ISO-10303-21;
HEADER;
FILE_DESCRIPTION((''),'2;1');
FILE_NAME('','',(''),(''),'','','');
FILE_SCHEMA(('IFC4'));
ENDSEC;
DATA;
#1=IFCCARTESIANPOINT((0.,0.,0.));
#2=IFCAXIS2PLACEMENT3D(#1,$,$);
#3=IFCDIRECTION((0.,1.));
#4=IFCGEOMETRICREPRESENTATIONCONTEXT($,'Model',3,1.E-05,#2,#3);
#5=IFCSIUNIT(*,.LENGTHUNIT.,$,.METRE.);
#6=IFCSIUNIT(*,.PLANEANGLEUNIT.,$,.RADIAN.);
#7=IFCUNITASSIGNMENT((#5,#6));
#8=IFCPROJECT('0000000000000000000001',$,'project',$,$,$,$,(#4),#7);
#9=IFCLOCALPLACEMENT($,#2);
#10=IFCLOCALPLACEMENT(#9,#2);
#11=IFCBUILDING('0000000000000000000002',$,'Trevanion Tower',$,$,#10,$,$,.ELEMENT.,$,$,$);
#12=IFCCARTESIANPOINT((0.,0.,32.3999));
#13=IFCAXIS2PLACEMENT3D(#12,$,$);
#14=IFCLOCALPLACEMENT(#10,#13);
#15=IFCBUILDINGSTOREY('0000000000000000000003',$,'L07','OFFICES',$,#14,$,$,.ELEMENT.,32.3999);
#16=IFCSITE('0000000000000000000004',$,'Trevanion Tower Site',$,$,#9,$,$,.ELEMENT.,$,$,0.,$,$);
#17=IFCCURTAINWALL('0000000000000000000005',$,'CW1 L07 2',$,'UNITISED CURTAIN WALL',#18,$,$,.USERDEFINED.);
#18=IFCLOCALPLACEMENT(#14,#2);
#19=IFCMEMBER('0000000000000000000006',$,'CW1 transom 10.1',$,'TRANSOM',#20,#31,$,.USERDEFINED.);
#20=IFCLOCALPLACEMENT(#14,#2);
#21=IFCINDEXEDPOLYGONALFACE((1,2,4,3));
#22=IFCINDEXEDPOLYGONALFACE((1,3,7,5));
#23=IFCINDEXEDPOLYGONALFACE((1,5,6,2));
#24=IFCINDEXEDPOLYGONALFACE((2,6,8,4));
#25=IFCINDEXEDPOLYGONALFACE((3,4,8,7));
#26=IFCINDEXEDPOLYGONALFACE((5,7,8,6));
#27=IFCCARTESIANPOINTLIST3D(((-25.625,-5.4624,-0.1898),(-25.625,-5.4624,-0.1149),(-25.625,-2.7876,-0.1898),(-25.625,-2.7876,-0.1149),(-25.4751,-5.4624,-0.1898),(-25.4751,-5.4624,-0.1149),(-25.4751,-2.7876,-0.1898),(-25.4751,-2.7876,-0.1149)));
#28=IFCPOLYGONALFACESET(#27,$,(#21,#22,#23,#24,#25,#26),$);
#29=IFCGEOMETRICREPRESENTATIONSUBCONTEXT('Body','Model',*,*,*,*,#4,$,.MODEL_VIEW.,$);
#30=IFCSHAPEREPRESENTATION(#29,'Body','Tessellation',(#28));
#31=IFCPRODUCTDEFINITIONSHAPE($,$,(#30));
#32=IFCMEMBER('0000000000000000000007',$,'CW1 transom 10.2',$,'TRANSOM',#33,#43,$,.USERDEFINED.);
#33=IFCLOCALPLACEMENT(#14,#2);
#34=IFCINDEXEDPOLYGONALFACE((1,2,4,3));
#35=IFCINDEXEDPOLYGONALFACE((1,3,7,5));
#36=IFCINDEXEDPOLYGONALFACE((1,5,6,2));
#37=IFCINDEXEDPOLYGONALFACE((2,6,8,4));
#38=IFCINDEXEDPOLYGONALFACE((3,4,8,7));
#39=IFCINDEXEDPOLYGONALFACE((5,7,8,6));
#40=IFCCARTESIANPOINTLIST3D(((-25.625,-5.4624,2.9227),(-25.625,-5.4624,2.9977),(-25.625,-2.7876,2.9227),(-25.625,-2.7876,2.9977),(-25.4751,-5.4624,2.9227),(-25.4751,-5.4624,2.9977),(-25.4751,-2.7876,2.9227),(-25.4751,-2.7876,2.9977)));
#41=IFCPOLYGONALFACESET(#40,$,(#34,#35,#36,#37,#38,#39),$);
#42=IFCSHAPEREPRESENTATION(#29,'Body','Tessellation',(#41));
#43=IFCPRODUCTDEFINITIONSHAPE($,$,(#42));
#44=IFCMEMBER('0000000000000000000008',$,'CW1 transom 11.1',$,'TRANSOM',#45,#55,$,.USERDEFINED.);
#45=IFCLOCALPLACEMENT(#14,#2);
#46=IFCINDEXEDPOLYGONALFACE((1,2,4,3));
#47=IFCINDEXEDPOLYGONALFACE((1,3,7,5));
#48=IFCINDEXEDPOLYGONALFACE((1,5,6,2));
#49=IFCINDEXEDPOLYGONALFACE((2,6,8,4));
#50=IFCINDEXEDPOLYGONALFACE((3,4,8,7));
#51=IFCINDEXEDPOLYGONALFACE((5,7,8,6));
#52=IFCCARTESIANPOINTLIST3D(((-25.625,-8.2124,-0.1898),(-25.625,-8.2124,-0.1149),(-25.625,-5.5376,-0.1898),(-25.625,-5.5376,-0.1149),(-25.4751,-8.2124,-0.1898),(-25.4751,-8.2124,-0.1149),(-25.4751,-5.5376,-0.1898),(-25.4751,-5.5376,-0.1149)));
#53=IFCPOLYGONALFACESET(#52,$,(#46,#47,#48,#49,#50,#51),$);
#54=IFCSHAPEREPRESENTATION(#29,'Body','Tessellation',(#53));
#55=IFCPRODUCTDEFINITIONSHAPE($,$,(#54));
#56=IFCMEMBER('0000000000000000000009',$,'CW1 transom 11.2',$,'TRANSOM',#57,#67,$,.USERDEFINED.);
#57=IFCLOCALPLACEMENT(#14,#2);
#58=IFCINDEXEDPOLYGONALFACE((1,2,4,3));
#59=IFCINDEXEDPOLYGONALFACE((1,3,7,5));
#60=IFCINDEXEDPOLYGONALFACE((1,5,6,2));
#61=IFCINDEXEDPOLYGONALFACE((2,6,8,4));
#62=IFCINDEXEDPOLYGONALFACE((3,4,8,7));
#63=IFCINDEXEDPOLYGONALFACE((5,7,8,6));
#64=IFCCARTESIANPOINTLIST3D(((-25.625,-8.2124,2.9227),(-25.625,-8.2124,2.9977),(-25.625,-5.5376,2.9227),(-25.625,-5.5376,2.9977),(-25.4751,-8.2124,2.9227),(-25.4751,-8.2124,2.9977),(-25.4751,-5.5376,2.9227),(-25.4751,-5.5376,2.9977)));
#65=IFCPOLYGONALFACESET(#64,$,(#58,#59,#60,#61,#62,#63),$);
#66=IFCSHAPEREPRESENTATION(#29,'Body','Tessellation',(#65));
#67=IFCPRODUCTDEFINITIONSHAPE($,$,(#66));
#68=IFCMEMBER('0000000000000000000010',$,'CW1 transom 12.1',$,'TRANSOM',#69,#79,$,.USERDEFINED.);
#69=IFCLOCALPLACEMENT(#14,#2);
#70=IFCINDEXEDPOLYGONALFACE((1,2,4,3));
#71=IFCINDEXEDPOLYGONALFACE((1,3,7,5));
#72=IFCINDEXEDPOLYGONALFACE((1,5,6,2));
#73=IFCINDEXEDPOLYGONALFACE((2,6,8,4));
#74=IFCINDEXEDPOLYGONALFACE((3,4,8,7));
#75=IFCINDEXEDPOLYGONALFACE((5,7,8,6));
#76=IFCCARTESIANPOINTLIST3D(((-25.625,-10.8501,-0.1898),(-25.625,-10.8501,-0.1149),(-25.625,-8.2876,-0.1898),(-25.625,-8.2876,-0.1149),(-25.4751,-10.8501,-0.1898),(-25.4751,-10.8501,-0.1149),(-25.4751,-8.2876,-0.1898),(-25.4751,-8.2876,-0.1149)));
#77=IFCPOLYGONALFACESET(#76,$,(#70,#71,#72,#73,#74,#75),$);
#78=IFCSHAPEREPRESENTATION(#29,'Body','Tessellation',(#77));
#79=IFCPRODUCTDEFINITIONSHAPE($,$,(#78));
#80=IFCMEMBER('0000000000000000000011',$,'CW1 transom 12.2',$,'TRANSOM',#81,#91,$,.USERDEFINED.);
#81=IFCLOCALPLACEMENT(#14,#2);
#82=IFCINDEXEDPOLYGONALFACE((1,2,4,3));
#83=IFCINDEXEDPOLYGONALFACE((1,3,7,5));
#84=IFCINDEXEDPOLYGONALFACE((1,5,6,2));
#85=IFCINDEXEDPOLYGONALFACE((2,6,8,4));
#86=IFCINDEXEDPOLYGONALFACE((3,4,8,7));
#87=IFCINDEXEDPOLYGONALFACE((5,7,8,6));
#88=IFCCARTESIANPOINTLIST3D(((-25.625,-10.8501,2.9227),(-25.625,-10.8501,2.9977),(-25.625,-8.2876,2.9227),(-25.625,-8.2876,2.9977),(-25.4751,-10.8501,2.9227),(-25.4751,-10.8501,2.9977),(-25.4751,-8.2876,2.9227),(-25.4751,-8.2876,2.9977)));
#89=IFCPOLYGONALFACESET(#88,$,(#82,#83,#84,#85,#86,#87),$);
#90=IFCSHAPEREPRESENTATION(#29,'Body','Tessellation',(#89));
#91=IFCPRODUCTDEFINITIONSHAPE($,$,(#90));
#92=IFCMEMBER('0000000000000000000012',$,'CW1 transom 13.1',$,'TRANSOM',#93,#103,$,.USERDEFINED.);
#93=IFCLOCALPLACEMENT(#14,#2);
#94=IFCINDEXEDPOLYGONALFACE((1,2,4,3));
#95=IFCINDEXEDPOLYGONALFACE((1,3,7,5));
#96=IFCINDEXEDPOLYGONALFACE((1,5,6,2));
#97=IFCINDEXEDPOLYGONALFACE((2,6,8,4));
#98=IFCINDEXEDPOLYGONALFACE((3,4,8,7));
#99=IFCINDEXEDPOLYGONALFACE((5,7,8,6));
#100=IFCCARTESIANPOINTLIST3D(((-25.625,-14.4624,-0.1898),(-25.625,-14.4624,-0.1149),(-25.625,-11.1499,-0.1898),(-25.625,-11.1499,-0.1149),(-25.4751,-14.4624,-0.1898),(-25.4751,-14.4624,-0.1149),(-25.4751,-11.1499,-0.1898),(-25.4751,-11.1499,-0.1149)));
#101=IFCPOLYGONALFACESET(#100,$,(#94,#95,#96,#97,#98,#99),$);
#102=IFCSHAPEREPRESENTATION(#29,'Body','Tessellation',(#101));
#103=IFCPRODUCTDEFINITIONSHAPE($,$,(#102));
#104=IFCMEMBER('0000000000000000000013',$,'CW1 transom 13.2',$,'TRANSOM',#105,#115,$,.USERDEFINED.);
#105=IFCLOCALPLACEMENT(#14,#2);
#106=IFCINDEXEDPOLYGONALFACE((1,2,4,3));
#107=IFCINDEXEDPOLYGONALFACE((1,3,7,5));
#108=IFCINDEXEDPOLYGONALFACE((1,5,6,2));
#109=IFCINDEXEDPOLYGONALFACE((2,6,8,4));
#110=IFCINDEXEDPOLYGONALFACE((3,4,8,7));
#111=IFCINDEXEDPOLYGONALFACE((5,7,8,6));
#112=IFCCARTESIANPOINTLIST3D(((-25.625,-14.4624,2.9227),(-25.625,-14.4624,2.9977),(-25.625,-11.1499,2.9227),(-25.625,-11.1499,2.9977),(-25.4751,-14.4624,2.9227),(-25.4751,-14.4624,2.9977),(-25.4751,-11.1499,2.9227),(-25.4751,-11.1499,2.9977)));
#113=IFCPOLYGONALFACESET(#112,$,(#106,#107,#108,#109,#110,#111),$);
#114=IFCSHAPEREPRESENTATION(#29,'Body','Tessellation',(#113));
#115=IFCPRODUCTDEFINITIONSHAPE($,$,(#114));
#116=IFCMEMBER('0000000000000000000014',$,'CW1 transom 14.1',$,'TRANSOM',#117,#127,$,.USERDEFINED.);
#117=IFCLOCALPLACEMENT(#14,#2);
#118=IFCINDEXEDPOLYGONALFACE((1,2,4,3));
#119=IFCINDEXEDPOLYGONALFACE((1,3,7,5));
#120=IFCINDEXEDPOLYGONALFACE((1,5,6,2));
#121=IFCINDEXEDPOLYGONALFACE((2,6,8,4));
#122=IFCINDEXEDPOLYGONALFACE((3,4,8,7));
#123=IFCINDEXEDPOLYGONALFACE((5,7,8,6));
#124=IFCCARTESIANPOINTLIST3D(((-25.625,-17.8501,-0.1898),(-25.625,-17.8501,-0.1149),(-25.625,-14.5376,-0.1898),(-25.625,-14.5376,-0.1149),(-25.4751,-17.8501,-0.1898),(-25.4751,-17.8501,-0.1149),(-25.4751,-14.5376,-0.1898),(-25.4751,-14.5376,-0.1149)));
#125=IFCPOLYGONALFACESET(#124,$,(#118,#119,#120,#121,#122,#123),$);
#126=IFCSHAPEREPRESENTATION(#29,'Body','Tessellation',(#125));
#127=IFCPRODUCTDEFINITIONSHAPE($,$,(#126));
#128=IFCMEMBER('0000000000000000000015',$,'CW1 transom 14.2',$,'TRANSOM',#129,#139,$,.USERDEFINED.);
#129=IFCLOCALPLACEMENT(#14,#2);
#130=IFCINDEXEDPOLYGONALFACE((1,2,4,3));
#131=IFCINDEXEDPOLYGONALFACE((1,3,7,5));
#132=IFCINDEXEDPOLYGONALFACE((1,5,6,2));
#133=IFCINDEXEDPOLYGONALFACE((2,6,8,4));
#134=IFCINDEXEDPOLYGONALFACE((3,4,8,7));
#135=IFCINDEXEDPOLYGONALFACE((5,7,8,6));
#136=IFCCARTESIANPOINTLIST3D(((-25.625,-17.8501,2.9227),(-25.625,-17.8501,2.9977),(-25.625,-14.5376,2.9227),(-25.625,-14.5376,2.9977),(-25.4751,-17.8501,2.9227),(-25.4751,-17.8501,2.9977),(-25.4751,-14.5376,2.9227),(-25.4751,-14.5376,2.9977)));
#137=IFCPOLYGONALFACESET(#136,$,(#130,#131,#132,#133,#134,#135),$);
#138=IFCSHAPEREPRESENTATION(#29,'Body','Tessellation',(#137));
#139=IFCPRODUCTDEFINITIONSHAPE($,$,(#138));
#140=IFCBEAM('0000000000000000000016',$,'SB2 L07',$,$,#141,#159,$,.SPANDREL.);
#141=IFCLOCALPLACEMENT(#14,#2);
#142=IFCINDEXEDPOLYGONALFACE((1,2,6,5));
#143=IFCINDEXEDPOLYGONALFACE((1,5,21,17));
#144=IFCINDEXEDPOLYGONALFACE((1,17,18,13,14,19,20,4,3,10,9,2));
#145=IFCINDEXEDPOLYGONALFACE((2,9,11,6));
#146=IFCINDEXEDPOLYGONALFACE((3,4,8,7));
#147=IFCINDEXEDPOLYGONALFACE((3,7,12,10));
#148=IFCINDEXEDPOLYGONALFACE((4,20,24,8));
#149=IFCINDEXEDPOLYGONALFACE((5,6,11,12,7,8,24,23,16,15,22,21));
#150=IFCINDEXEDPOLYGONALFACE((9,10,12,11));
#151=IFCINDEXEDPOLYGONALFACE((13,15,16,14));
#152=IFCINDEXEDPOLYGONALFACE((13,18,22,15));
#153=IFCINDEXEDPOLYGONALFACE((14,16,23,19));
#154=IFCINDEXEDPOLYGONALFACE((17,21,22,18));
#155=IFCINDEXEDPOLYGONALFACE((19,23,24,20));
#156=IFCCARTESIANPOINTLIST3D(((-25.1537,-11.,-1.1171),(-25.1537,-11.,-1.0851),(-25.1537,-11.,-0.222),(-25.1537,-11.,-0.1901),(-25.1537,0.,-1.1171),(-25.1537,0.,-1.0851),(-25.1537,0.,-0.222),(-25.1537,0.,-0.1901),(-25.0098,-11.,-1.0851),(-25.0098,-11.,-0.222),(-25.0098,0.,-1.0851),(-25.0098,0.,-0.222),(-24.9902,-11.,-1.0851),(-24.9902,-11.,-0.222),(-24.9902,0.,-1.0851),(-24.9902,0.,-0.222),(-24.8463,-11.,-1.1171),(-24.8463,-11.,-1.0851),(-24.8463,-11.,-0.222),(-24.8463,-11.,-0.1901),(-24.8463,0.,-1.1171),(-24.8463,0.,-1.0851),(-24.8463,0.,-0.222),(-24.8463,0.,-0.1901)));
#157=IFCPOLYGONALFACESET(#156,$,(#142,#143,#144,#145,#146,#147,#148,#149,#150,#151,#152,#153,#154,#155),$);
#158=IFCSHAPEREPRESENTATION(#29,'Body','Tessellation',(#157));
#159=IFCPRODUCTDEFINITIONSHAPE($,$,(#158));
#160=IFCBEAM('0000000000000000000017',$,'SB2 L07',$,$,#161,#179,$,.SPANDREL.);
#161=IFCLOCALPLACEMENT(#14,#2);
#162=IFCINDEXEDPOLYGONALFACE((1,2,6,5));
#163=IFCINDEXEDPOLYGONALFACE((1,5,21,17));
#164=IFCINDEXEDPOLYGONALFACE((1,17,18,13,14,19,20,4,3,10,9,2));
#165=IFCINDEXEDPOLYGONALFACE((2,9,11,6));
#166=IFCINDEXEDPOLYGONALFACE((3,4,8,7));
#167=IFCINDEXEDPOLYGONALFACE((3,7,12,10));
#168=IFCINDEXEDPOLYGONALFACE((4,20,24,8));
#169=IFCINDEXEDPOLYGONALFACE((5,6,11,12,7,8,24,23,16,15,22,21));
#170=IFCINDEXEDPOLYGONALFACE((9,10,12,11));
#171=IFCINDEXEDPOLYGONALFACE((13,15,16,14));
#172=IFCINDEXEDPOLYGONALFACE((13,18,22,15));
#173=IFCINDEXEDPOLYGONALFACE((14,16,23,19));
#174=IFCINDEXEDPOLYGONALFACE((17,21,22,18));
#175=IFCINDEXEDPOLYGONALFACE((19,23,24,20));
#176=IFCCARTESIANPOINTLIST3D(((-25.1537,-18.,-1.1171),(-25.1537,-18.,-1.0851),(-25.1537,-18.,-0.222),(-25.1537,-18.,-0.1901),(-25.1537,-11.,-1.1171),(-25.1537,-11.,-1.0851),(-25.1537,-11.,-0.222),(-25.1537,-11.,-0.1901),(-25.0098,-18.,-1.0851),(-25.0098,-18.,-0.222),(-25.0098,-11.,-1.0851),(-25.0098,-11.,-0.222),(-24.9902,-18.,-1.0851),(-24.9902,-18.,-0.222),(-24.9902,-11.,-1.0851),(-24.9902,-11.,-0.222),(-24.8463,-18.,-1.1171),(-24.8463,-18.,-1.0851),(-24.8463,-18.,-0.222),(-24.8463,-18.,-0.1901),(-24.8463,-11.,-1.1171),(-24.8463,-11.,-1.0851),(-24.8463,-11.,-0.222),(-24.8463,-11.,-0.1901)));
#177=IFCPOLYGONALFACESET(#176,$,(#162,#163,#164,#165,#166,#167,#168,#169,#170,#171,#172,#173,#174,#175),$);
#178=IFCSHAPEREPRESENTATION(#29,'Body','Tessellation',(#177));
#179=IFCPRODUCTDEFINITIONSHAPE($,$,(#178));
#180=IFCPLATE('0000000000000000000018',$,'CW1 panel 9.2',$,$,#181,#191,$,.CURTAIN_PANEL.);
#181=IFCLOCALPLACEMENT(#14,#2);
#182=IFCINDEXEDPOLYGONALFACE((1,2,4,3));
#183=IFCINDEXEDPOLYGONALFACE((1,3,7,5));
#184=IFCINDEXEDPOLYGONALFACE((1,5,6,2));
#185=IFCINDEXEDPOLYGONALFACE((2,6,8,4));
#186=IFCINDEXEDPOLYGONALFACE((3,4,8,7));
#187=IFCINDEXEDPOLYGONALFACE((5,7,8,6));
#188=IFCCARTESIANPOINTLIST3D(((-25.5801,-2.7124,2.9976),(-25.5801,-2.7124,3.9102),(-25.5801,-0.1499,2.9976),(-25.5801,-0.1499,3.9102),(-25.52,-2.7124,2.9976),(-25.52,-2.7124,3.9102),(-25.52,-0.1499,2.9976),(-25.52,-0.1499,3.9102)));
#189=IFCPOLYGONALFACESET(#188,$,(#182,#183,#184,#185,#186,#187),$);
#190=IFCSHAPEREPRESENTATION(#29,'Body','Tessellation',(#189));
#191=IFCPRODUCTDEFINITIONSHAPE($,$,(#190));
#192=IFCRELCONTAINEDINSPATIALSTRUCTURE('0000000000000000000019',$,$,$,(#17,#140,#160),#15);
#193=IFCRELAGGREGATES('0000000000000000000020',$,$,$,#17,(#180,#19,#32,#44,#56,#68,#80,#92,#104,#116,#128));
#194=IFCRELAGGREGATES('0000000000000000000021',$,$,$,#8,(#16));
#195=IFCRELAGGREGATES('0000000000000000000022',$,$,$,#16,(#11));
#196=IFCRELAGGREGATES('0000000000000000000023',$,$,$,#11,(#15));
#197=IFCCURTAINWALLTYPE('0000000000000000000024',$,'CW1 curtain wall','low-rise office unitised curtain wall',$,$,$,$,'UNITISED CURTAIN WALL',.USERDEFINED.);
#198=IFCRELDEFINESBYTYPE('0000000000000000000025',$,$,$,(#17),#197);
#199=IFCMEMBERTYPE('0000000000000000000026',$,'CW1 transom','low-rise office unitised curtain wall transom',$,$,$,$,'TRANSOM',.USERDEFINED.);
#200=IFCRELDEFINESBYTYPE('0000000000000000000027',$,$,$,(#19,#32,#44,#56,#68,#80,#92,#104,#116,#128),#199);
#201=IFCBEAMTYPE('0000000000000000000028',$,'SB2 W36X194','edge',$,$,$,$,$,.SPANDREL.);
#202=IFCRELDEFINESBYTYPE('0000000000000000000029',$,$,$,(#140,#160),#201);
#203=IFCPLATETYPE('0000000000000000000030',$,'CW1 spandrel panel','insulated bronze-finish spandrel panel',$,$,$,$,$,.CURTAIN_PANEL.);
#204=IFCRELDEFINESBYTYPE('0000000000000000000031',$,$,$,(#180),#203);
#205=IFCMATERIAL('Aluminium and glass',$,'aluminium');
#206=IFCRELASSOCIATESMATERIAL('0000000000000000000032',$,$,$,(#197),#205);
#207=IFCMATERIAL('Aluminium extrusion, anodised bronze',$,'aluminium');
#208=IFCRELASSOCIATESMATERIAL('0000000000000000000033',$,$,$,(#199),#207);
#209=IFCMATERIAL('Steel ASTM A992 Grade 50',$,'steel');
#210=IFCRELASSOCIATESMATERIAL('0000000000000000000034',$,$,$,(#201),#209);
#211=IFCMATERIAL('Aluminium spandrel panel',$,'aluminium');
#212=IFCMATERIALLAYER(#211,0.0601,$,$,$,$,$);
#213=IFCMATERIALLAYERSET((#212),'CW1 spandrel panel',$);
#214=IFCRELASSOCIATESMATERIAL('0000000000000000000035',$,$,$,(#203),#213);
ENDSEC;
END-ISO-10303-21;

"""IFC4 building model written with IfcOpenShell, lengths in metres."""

from ifc_helpers import new_model, si_unit, direction, frame, origin, origin_2d, place, context, subcontext, project, spatial, rectangle, i_section, extrude, material, layer, layer_set, material_profile, profile_set, type_object, element, aggregate, save


model = new_model("IFC4")

# Units and contexts
model_context = context("Model", 3, precision=1e-05, world=origin(), true_north=direction((0.0, 1.0)))
body_context = subcontext(model_context, "Body", "Model", "MODEL_VIEW")
ifc_project = project(units=[si_unit("LENGTHUNIT", "METRE"), si_unit("PLANEANGLEUNIT", "RADIAN")], contexts=[model_context])

# Site, building, storey
site_placement = place(None, origin())
site = spatial("IfcSite", under=ifc_project, at=site_placement, Name="Trevanion Tower Site", CompositionType="ELEMENT", RefElevation=0.0)
building_placement = place(site_placement, origin())
building = spatial("IfcBuilding", under=site, at=building_placement, Name="Trevanion Tower", CompositionType="ELEMENT")
storey_placement = place(building_placement, frame((0.0, 0.0, 32.3999)))
storey = spatial("IfcBuildingStorey", under=building, at=storey_placement, Name="L07", Description="OFFICES", CompositionType="ELEMENT", Elevation=32.3999)

# Curtain wall, members
ifc_material_1 = material(Name="Aluminium and glass", Category="aluminium")
curtain_wall_type = type_object("IfcCurtainWallType", Name="CW1 curtain wall", Description="low-rise office unitised curtain wall", ElementType="UNITISED CURTAIN WALL", PredefinedType="USERDEFINED", material=ifc_material_1)
curtain_wall_placement = place(storey_placement, origin())
curtain_wall = element("IfcCurtainWall", 1, at=curtain_wall_placement, inside=storey, type_object=curtain_wall_type, Name="CW1 L07 2", ObjectType="UNITISED CURTAIN WALL", PredefinedType="USERDEFINED")
ifc_material_2 = material(Name="Aluminium extrusion, anodised bronze", Category="aluminium")
ifc_material_profile_1 = material_profile(ifc_material_2, rectangle(XDim=0.1499, YDim=0.075, at=origin_2d()), Name="CW1 transom")
ifc_profile_set_1 = profile_set([ifc_material_profile_1], Name="Aluminium extrusion, anodised bronze")
member_type_1 = type_object("IfcMemberType", Name="CW1 transom", Description="low-rise office unitised curtain wall transom", ElementType="TRANSOM", PredefinedType="USERDEFINED", material=ifc_profile_set_1)
member_1_placement = place(storey_placement, frame((-25.55, -2.7876, -0.1523), z_axis=(0.0, -1.0, 0.0), x_axis=(1.0, 0.0, 0.0)))
member_1 = element("IfcMember", 2, at=member_1_placement, type_object=member_type_1, Name="CW1 transom 10.1", ObjectType="TRANSOM", PredefinedType="USERDEFINED", context=body_context, shape_type="SweptSolid", body=[
    extrude(rectangle(XDim=0.1499, YDim=0.075, at=origin_2d()), origin(), (0.0, 0.0, 1.0), 2.6748),
])
member_2_placement = place(storey_placement, frame((-25.55, -2.7876, 2.9602), z_axis=(0.0, -1.0, 0.0), x_axis=(1.0, 0.0, 0.0)))
member_2 = element("IfcMember", 3, at=member_2_placement, type_object=member_type_1, Name="CW1 transom 10.2", ObjectType="TRANSOM", PredefinedType="USERDEFINED", context=body_context, shape_type="SweptSolid", body=[
    extrude(rectangle(XDim=0.1499, YDim=0.075, at=origin_2d()), origin(), (0.0, 0.0, 1.0), 2.6748),
])
member_3_placement = place(storey_placement, frame((-25.55, -5.5376, -0.1523), z_axis=(0.0, -1.0, 0.0), x_axis=(1.0, 0.0, 0.0)))
member_3 = element("IfcMember", 4, at=member_3_placement, type_object=member_type_1, Name="CW1 transom 11.1", ObjectType="TRANSOM", PredefinedType="USERDEFINED", context=body_context, shape_type="SweptSolid", body=[
    extrude(rectangle(XDim=0.1499, YDim=0.075, at=origin_2d()), origin(), (0.0, 0.0, 1.0), 2.6748),
])
member_4_placement = place(storey_placement, frame((-25.55, -5.5376, 2.9602), z_axis=(0.0, -1.0, 0.0), x_axis=(1.0, 0.0, 0.0)))
member_4 = element("IfcMember", 5, at=member_4_placement, type_object=member_type_1, Name="CW1 transom 11.2", ObjectType="TRANSOM", PredefinedType="USERDEFINED", context=body_context, shape_type="SweptSolid", body=[
    extrude(rectangle(XDim=0.1499, YDim=0.075, at=origin_2d()), origin(), (0.0, 0.0, 1.0), 2.6748),
])
member_5_placement = place(storey_placement, frame((-25.55, -8.2876, -0.1523), z_axis=(0.0, -1.0, 0.0), x_axis=(1.0, 0.0, 0.0)))
member_5 = element("IfcMember", 6, at=member_5_placement, type_object=member_type_1, Name="CW1 transom 12.1", ObjectType="TRANSOM", PredefinedType="USERDEFINED", context=body_context, shape_type="SweptSolid", body=[
    extrude(rectangle(XDim=0.1499, YDim=0.075, at=origin_2d()), origin(), (0.0, 0.0, 1.0), 2.5625),
])
member_6_placement = place(storey_placement, frame((-25.55, -8.2876, 2.9602), z_axis=(0.0, -1.0, 0.0), x_axis=(1.0, 0.0, 0.0)))
member_6 = element("IfcMember", 7, at=member_6_placement, type_object=member_type_1, Name="CW1 transom 12.2", ObjectType="TRANSOM", PredefinedType="USERDEFINED", context=body_context, shape_type="SweptSolid", body=[
    extrude(rectangle(XDim=0.1499, YDim=0.075, at=origin_2d()), origin(), (0.0, 0.0, 1.0), 2.5625),
])
member_7_placement = place(storey_placement, frame((-25.55, -11.1499, -0.1523), z_axis=(0.0, -1.0, 0.0), x_axis=(1.0, 0.0, 0.0)))
member_7 = element("IfcMember", 8, at=member_7_placement, type_object=member_type_1, Name="CW1 transom 13.1", ObjectType="TRANSOM", PredefinedType="USERDEFINED", context=body_context, shape_type="SweptSolid", body=[
    extrude(rectangle(XDim=0.1499, YDim=0.075, at=origin_2d()), origin(), (0.0, 0.0, 1.0), 3.3125),
])
member_8_placement = place(storey_placement, frame((-25.55, -11.1499, 2.9602), z_axis=(0.0, -1.0, 0.0), x_axis=(1.0, 0.0, 0.0)))
member_8 = element("IfcMember", 9, at=member_8_placement, type_object=member_type_1, Name="CW1 transom 13.2", ObjectType="TRANSOM", PredefinedType="USERDEFINED", context=body_context, shape_type="SweptSolid", body=[
    extrude(rectangle(XDim=0.1499, YDim=0.075, at=origin_2d()), origin(), (0.0, 0.0, 1.0), 3.3125),
])
member_9_placement = place(storey_placement, frame((-25.55, -14.5376, -0.1523), z_axis=(0.0, -1.0, 0.0), x_axis=(1.0, 0.0, 0.0)))
member_9 = element("IfcMember", 10, at=member_9_placement, type_object=member_type_1, Name="CW1 transom 14.1", ObjectType="TRANSOM", PredefinedType="USERDEFINED", context=body_context, shape_type="SweptSolid", body=[
    extrude(rectangle(XDim=0.1499, YDim=0.075, at=origin_2d()), origin(), (0.0, 0.0, 1.0), 3.3125),
])
member_10_placement = place(storey_placement, frame((-25.55, -14.5376, 2.9602), z_axis=(0.0, -1.0, 0.0), x_axis=(1.0, 0.0, 0.0)))
member_10 = element("IfcMember", 11, at=member_10_placement, type_object=member_type_1, Name="CW1 transom 14.2", ObjectType="TRANSOM", PredefinedType="USERDEFINED", context=body_context, shape_type="SweptSolid", body=[
    extrude(rectangle(XDim=0.1499, YDim=0.075, at=origin_2d()), origin(), (0.0, 0.0, 1.0), 3.3125),
])

# Beams
ifc_material_3 = material(Name="Steel ASTM A992 Grade 50", Category="steel")
ifc_material_profile_2 = material_profile(ifc_material_3, i_section(OverallWidth=0.3074, OverallDepth=0.927, WebThickness=0.0195, FlangeThickness=0.032, at=origin_2d()), Name="W36X194")
ifc_profile_set_2 = profile_set([ifc_material_profile_2], Name="Steel ASTM A992 Grade 50")
beam_type_1 = type_object("IfcBeamType", Name="SB2 W36X194", Description="edge", PredefinedType="SPANDREL", material=ifc_profile_set_2)
beam_1_placement = place(storey_placement, frame((-25.0, 0.0, -0.6536), z_axis=(0.0, -1.0, 0.0), x_axis=(1.0, 0.0, 0.0)))
element("IfcBeam", 12, at=beam_1_placement, inside=storey, type_object=beam_type_1, Name="SB2 L07", PredefinedType="SPANDREL", context=body_context, shape_type="SweptSolid", body=[
    extrude(i_section(OverallWidth=0.3074, OverallDepth=0.927, WebThickness=0.0195, FlangeThickness=0.032, at=origin_2d()), origin(), (0.0, 0.0, 1.0), 11.0),
])
beam_2_placement = place(storey_placement, frame((-25.0, -11.0, -0.6536), z_axis=(0.0, -1.0, 0.0), x_axis=(1.0, 0.0, 0.0)))
element("IfcBeam", 13, at=beam_2_placement, inside=storey, type_object=beam_type_1, Name="SB2 L07", PredefinedType="SPANDREL", context=body_context, shape_type="SweptSolid", body=[
    extrude(i_section(OverallWidth=0.3074, OverallDepth=0.927, WebThickness=0.0195, FlangeThickness=0.032, at=origin_2d()), origin(), (0.0, 0.0, 1.0), 7.0),
])

# Plate
ifc_material_4 = material(Name="Aluminium spandrel panel", Category="aluminium")
ifc_layer_1 = layer(ifc_material_4, 0.0601)
ifc_layer_set_1 = layer_set([ifc_layer_1], Name="CW1 spandrel panel")
plate_type_1 = type_object("IfcPlateType", Name="CW1 spandrel panel", Description="insulated bronze-finish spandrel panel", PredefinedType="CURTAIN_PANEL", material=ifc_layer_set_1)
plate_1_placement = place(storey_placement, frame((-25.55, -1.4312, 2.9976), z_axis=(0.0, 0.0, 1.0), x_axis=(0.0, -1.0, 0.0)))
plate_1 = element("IfcPlate", 14, at=plate_1_placement, type_object=plate_type_1, Name="CW1 panel 9.2", PredefinedType="CURTAIN_PANEL", context=body_context, shape_type="SweptSolid", body=[
    extrude(rectangle(XDim=2.5625, YDim=0.0601, at=origin_2d()), origin(), (0.0, 0.0, 1.0), 0.9126),
])
aggregate(curtain_wall, [plate_1, member_1, member_2, member_3, member_4, member_5, member_6, member_7, member_8, member_9, member_10])

save(model, "model.ifc")
